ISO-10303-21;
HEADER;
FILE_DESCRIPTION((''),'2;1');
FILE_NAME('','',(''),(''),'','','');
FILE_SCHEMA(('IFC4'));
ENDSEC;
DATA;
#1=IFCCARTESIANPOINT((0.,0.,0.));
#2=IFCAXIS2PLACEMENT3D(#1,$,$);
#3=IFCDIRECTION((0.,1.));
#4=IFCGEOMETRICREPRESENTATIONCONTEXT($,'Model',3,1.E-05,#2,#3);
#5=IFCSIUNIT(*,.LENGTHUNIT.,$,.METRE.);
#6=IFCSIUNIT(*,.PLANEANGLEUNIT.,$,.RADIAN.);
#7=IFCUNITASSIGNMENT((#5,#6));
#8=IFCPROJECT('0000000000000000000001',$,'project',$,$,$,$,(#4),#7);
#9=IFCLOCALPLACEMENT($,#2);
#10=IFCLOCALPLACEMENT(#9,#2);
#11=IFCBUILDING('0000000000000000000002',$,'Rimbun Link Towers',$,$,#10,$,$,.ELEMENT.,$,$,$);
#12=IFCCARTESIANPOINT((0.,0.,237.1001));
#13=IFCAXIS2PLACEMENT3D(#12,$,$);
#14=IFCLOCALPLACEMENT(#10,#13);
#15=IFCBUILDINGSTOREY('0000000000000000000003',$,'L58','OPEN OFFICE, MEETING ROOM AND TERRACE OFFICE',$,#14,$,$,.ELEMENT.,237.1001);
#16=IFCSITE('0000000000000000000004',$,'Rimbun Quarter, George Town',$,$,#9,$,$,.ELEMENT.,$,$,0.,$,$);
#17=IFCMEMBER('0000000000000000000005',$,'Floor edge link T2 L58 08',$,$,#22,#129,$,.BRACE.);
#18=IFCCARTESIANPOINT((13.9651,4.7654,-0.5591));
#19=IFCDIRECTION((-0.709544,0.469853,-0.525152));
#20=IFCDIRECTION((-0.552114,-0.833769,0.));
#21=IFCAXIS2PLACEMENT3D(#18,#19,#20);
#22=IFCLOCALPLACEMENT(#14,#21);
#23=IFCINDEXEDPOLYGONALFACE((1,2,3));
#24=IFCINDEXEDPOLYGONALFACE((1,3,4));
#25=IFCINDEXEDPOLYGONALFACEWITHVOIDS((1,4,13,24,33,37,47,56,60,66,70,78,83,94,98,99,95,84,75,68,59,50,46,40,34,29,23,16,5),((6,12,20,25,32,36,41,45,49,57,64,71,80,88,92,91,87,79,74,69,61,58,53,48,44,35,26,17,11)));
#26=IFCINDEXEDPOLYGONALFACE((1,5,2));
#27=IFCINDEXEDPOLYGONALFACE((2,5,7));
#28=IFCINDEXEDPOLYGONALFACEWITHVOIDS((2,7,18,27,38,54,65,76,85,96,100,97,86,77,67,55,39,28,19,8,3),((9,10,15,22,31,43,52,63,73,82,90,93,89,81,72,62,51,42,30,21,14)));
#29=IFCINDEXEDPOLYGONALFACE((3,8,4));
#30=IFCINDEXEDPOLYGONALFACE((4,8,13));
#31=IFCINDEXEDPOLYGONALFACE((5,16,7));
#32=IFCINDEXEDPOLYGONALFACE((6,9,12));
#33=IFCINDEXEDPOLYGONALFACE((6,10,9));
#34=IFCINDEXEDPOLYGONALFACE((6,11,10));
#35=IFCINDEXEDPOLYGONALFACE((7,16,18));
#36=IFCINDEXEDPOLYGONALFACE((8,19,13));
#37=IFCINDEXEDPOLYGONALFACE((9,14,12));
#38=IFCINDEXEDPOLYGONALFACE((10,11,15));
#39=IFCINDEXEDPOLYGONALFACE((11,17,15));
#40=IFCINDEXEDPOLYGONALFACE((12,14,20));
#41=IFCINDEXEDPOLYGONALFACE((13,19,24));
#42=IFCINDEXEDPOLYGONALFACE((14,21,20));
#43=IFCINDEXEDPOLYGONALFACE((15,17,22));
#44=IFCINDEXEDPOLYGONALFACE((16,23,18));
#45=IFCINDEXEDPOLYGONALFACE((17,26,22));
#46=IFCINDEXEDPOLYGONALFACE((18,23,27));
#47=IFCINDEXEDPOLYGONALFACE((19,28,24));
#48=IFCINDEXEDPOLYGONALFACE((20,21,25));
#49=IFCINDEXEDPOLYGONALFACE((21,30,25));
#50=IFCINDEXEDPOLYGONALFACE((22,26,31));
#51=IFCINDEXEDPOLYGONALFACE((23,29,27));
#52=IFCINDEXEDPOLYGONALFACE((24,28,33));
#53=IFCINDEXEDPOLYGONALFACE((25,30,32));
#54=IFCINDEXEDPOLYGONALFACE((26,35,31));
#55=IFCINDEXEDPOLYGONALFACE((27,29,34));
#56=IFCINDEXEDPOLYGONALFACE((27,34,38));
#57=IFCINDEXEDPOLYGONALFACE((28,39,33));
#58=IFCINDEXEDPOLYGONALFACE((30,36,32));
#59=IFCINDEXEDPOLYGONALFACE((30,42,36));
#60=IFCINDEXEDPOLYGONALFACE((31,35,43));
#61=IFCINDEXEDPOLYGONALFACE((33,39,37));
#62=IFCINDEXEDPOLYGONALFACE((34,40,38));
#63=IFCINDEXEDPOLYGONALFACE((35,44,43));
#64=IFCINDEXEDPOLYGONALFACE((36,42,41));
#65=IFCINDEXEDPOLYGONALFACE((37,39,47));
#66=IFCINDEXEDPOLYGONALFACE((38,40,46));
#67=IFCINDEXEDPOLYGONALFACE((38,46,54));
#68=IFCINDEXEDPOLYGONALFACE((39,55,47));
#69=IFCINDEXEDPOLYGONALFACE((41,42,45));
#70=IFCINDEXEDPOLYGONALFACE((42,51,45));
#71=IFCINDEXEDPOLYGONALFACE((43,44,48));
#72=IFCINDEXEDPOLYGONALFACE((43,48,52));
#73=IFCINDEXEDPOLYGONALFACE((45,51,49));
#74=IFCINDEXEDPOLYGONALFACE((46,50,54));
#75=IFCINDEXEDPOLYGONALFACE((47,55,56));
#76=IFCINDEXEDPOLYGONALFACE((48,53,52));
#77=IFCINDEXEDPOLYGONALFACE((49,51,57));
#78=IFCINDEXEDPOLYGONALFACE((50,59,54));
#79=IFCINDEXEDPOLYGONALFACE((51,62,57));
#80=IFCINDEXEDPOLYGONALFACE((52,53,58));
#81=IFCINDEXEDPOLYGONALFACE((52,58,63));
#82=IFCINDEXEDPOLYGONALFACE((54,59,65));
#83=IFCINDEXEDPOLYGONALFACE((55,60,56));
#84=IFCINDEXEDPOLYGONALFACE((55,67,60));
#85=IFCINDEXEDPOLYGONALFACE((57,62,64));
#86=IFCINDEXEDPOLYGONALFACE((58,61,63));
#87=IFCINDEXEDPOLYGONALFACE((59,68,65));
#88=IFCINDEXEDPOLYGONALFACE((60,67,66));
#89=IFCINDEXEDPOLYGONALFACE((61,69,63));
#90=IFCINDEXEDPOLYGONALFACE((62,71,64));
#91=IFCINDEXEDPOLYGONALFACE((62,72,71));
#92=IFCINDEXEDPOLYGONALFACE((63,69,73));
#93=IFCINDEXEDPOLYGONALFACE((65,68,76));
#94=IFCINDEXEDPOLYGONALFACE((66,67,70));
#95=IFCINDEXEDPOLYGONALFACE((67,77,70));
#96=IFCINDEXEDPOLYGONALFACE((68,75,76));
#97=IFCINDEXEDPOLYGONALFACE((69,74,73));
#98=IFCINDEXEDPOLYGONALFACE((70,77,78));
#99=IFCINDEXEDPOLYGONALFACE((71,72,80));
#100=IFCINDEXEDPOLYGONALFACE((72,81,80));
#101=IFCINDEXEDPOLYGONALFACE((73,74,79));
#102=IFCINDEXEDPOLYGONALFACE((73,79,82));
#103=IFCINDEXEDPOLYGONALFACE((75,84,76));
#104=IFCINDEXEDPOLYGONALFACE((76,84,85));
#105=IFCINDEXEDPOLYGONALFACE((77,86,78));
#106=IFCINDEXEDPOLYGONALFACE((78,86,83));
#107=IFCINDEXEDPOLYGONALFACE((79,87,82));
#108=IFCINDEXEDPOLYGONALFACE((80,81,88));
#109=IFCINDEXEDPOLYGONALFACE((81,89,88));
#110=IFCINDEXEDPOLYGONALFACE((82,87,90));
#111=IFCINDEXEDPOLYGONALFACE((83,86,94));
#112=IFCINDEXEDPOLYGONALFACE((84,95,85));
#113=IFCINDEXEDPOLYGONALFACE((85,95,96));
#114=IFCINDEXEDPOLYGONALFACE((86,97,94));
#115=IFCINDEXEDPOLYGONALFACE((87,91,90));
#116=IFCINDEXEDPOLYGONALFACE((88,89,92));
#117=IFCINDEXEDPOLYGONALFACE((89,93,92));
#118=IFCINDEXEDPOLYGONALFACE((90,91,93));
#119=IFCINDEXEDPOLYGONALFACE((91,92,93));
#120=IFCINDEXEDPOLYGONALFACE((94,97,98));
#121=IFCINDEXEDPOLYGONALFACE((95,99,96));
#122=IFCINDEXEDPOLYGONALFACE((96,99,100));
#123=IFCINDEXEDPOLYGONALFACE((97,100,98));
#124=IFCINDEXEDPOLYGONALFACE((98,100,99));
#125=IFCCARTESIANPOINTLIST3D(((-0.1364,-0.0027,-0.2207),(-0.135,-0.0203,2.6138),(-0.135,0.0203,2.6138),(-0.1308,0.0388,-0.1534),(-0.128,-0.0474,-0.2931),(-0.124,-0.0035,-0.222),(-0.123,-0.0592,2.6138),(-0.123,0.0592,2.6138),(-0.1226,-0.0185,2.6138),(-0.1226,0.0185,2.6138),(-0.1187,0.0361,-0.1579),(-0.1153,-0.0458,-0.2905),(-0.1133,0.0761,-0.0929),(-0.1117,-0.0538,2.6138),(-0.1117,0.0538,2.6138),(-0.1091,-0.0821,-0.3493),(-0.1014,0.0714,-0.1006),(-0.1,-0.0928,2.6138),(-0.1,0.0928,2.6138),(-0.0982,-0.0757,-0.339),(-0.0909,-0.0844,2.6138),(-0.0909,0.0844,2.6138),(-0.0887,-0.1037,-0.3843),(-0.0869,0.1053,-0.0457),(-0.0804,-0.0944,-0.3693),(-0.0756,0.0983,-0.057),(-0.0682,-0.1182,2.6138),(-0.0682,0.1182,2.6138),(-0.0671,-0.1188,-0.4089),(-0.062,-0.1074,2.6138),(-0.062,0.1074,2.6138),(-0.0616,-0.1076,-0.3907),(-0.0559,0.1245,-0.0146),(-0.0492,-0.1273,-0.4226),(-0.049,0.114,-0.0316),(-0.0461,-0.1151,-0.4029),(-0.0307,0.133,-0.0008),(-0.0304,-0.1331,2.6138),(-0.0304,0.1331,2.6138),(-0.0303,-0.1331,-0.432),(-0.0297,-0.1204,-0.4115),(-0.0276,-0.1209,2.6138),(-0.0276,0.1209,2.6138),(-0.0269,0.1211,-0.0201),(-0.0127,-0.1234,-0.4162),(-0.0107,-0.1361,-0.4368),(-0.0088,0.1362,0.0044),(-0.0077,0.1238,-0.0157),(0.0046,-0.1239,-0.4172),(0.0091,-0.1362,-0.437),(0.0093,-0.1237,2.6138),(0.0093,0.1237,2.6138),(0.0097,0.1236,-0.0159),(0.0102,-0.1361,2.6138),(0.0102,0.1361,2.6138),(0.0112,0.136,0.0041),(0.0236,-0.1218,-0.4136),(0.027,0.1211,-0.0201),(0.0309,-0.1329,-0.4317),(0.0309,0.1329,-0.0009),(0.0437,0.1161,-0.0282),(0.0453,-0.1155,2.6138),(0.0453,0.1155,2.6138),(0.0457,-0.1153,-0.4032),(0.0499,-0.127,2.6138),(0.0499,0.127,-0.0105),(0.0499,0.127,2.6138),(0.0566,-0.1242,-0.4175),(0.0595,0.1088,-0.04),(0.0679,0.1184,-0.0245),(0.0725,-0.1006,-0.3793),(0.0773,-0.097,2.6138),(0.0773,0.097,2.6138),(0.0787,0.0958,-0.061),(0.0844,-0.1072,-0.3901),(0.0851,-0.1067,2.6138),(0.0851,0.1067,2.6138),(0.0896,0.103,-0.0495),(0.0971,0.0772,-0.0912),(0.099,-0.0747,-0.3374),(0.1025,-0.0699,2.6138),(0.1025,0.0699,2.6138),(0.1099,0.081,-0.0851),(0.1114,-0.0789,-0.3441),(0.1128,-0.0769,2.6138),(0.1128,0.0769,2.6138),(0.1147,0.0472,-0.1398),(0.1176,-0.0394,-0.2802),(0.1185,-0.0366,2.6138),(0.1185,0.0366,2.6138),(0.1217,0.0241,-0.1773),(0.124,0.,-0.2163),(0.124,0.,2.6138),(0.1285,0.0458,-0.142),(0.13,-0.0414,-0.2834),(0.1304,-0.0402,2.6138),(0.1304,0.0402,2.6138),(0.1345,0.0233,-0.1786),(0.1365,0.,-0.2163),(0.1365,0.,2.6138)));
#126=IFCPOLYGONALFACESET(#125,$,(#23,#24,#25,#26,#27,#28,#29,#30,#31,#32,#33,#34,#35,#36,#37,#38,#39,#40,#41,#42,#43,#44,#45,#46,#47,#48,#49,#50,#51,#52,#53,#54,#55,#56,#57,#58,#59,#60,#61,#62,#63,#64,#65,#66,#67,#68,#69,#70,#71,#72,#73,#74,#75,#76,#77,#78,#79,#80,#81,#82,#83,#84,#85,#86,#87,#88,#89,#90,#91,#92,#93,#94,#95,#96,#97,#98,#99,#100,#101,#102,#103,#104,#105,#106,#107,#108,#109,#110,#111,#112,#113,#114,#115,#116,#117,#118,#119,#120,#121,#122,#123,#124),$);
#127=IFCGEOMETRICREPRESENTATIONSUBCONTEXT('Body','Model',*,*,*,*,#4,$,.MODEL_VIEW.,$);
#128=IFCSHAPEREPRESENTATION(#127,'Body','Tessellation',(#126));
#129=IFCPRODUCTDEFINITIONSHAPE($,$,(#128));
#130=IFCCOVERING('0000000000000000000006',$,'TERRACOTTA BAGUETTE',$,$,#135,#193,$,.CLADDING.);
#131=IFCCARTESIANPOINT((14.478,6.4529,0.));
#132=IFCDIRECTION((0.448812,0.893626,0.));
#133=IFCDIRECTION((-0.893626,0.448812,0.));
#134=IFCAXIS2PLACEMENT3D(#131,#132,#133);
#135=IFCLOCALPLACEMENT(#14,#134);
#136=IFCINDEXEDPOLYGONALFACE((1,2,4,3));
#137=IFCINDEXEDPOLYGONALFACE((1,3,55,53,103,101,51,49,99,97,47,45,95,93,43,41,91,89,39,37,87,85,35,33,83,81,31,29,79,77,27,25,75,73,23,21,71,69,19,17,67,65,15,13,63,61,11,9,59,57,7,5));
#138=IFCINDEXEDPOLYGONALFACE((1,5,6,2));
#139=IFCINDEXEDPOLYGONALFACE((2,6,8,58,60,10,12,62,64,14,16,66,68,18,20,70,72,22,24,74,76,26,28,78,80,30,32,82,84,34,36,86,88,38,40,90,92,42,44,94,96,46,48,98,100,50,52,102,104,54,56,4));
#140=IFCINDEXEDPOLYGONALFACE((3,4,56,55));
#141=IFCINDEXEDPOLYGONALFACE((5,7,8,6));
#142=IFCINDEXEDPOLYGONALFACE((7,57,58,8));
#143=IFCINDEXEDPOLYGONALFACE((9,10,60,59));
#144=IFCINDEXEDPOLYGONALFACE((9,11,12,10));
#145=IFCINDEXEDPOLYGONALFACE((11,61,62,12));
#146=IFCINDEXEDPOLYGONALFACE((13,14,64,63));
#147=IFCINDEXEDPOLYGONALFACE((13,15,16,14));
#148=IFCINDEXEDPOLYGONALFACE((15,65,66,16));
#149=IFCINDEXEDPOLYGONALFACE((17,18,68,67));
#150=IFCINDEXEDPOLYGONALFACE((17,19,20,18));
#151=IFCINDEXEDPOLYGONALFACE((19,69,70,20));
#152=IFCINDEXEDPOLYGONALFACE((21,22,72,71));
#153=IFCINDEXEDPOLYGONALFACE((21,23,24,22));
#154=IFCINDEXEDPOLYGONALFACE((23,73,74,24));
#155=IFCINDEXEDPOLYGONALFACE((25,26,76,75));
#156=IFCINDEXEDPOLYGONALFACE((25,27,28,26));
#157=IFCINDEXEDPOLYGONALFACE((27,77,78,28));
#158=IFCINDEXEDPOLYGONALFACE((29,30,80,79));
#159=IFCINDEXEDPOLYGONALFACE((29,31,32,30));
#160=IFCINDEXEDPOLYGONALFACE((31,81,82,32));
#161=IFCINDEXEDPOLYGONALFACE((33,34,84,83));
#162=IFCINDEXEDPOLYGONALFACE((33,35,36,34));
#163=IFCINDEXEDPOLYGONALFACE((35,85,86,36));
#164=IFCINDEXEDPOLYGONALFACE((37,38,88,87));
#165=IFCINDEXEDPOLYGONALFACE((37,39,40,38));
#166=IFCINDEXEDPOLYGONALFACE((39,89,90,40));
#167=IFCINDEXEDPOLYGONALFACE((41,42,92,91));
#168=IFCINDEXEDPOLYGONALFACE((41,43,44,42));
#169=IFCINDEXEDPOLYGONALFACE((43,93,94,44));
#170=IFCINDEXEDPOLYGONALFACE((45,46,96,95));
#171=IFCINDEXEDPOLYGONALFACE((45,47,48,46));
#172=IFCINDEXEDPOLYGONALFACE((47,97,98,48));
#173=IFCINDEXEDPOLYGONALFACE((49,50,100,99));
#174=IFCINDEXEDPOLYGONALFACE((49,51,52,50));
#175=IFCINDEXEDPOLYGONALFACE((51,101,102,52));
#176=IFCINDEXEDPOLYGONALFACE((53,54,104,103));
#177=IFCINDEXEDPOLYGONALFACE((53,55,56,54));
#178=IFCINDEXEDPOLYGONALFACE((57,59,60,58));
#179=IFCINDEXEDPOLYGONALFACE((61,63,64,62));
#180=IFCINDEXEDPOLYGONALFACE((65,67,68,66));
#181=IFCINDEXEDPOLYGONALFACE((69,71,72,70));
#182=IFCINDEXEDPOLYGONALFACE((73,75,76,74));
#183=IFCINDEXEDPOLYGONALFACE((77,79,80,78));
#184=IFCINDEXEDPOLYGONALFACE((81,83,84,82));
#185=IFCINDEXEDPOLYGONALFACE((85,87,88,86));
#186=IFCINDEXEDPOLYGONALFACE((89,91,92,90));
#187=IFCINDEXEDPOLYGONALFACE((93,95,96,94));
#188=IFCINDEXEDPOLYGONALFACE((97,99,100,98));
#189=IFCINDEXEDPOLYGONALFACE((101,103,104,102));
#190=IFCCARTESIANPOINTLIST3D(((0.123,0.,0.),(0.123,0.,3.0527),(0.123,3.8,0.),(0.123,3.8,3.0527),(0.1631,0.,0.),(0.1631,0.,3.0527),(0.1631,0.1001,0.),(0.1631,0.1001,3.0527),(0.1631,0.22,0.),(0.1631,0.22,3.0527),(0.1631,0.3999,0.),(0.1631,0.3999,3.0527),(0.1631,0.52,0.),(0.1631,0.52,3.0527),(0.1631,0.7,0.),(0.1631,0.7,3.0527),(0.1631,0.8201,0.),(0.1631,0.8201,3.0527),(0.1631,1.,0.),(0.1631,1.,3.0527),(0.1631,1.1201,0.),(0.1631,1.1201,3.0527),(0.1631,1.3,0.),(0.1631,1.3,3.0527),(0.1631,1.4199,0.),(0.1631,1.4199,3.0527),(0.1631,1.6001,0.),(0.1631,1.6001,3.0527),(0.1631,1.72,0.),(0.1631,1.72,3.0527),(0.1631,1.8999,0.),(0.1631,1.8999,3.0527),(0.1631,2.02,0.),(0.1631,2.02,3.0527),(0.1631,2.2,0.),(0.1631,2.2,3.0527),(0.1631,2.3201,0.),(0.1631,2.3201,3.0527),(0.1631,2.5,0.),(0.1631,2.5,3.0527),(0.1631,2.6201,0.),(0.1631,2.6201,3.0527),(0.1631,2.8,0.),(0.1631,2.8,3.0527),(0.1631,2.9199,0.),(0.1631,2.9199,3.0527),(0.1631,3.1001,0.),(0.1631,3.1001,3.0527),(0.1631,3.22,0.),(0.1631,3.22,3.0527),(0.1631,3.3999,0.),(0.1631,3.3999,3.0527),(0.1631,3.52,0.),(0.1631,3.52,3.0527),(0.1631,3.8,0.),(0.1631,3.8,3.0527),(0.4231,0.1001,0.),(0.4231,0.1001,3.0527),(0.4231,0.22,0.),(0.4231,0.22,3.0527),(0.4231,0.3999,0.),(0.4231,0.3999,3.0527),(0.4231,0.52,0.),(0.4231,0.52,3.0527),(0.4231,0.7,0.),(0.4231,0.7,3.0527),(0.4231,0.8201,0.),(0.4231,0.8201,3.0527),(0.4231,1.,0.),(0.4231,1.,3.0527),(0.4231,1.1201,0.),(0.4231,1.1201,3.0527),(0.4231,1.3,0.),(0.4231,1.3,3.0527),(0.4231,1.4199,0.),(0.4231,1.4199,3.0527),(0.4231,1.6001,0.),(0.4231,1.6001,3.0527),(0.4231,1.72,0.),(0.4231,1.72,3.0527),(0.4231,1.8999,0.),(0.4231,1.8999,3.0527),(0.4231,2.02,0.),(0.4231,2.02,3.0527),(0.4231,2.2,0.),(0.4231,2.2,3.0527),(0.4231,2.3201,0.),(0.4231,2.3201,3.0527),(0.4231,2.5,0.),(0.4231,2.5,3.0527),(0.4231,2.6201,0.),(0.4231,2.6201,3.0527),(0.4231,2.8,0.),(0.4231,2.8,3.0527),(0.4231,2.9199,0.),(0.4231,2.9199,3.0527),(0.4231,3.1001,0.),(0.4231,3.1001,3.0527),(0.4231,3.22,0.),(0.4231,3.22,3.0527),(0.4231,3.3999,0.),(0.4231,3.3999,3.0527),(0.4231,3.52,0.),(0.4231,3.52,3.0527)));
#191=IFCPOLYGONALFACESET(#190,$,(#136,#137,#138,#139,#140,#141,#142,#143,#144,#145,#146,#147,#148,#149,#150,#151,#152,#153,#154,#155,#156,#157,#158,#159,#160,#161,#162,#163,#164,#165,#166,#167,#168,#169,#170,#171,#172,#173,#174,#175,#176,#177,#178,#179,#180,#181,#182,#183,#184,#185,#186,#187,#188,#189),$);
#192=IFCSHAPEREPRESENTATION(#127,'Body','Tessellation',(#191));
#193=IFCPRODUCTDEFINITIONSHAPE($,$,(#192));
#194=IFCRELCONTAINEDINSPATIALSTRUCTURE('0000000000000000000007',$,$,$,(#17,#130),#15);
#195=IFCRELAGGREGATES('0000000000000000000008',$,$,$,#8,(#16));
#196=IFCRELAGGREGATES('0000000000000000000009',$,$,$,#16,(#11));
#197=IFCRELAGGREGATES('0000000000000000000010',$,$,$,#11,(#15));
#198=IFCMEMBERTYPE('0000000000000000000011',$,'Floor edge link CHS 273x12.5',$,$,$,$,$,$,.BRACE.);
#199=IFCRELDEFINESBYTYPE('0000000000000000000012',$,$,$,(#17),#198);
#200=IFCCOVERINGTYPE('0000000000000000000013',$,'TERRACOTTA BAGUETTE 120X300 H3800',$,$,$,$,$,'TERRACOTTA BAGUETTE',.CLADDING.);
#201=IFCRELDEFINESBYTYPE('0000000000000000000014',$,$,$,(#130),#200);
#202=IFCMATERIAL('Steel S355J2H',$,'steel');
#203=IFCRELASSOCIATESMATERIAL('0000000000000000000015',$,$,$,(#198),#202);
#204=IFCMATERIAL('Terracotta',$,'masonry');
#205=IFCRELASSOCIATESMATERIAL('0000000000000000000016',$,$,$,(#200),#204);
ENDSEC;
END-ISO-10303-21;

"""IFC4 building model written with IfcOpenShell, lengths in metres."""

from ifc_helpers import new_model, si_unit, direction, frame, origin, origin_2d, place, context, subcontext, project, spatial, polyline, hollow_circle, outline, extrude, clip, halfspace, material, material_profile, profile_set, type_object, element, save


model = new_model("IFC4")

# Units and contexts
model_context = context("Model", 3, precision=1e-05, world=origin(), true_north=direction((0.0, 1.0)))
body_context = subcontext(model_context, "Body", "Model", "MODEL_VIEW")
ifc_project = project(units=[si_unit("LENGTHUNIT", "METRE"), si_unit("PLANEANGLEUNIT", "RADIAN")], contexts=[model_context])

# Site, building, storey
site_placement = place(None, origin())
site = spatial("IfcSite", under=ifc_project, at=site_placement, Name="Rimbun Quarter, George Town", CompositionType="ELEMENT", RefElevation=0.0)
building_placement = place(site_placement, origin())
building = spatial("IfcBuilding", under=site, at=building_placement, Name="Rimbun Link Towers", CompositionType="ELEMENT")
storey_placement = place(building_placement, frame((0.0, 0.0, 237.1001)))
storey = spatial("IfcBuildingStorey", under=building, at=storey_placement, Name="L58", Description="OPEN OFFICE, MEETING ROOM AND TERRACE OFFICE", CompositionType="ELEMENT", Elevation=237.1001)

# Member
ifc_material_1 = material(Name="Steel S355J2H", Category="steel")
ifc_material_profile_1 = material_profile(ifc_material_1, hollow_circle(Radius=0.1365, WallThickness=0.0125, at=origin_2d()), Name="CHS 273x12.5")
ifc_profile_set_1 = profile_set([ifc_material_profile_1], Name="Steel S355J2H")
member_type_1 = type_object("IfcMemberType", Name="Floor edge link CHS 273x12.5", PredefinedType="BRACE", material=ifc_profile_set_1)
member_1_placement = place(storey_placement, frame((13.9651, 4.7654, -0.5591), z_axis=(-0.709544, 0.469853, -0.525152), x_axis=(-0.552114, -0.833769, 0.0)))
element("IfcMember", 1, at=member_1_placement, inside=storey, type_object=member_type_1, Name="Floor edge link T2 L58 08", PredefinedType="BRACE", context=body_context, shape_type="Clipping", body=[
    clip(extrude(hollow_circle(Radius=0.1365, WallThickness=0.0125, at=origin_2d()), frame((0.0, 0.0, -0.4614)), (0.0, 0.0, 1.0), 3.0752), halfspace(frame((0.0, 0.0, -0.2163), z_axis=(0.0, 0.851008, -0.525152)), False)),
])

# Covering
ifc_material_2 = material(Name="Terracotta", Category="masonry")
ifc_material_profile_2 = material_profile(ifc_material_2, outline(polyline([(0.123, 0.0), (0.1631, 0.0), (0.1631, 0.1001), (0.4231, 0.1001), (0.4231, 0.22), (0.1631, 0.22), (0.1631, 0.3999), (0.4231, 0.3999), (0.4231, 0.52), (0.1631, 0.52), (0.1631, 0.7), (0.4231, 0.7), (0.4231, 0.8201), (0.1631, 0.8201), (0.1631, 1.0), (0.4231, 1.0), (0.4231, 1.1201), (0.1631, 1.1201), (0.1631, 1.3), (0.4231, 1.3), (0.4231, 1.4199), (0.1631, 1.4199), (0.1631, 1.6001), (0.4231, 1.6001), (0.4231, 1.72), (0.1631, 1.72), (0.1631, 1.8999), (0.4231, 1.8999), (0.4231, 2.02), (0.1631, 2.02), (0.1631, 2.2), (0.4231, 2.2), (0.4231, 2.3201), (0.1631, 2.3201), (0.1631, 2.5), (0.4231, 2.5), (0.4231, 2.6201), (0.1631, 2.6201), (0.1631, 2.8), (0.4231, 2.8), (0.4231, 2.9199), (0.1631, 2.9199), (0.1631, 3.1001), (0.4231, 3.1001), (0.4231, 3.22), (0.1631, 3.22), (0.1631, 3.3999), (0.4231, 3.3999), (0.4231, 3.52), (0.1631, 3.52), (0.1631, 3.8), (0.123, 3.8), (0.123, 0.0)])), Name="BAGUETTE 120X300")
ifc_profile_set_2 = profile_set([ifc_material_profile_2], Name="Terracotta")
covering_type = type_object("IfcCoveringType", Name="TERRACOTTA BAGUETTE 120X300 H3800", ElementType="TERRACOTTA BAGUETTE", PredefinedType="CLADDING", material=ifc_profile_set_2)
covering_1_placement = place(storey_placement, frame((14.478, 6.4529, 0.0), z_axis=(0.448812, 0.893626, 0.0), x_axis=(-0.893626, 0.448812, 0.0)))
element("IfcCovering", 2, at=covering_1_placement, inside=storey, type_object=covering_type, Name="TERRACOTTA BAGUETTE", PredefinedType="CLADDING", context=body_context, shape_type="SweptSolid", body=[
    extrude(outline(polyline([(0.123, 0.0), (0.1631, 0.0), (0.1631, 0.1001), (0.4231, 0.1001), (0.4231, 0.22), (0.1631, 0.22), (0.1631, 0.3999), (0.4231, 0.3999), (0.4231, 0.52), (0.1631, 0.52), (0.1631, 0.7), (0.4231, 0.7), (0.4231, 0.8201), (0.1631, 0.8201), (0.1631, 1.0), (0.4231, 1.0), (0.4231, 1.1201), (0.1631, 1.1201), (0.1631, 1.3), (0.4231, 1.3), (0.4231, 1.4199), (0.1631, 1.4199), (0.1631, 1.6001), (0.4231, 1.6001), (0.4231, 1.72), (0.1631, 1.72), (0.1631, 1.8999), (0.4231, 1.8999), (0.4231, 2.02), (0.1631, 2.02), (0.1631, 2.2), (0.4231, 2.2), (0.4231, 2.3201), (0.1631, 2.3201), (0.1631, 2.5), (0.4231, 2.5), (0.4231, 2.6201), (0.1631, 2.6201), (0.1631, 2.8), (0.4231, 2.8), (0.4231, 2.9199), (0.1631, 2.9199), (0.1631, 3.1001), (0.4231, 3.1001), (0.4231, 3.22), (0.1631, 3.22), (0.1631, 3.3999), (0.4231, 3.3999), (0.4231, 3.52), (0.1631, 3.52), (0.1631, 3.8), (0.123, 3.8), (0.123, 0.0)])), origin(), (0.0, 0.0, 1.0), 3.0527),
])

save(model, "model.ifc")
